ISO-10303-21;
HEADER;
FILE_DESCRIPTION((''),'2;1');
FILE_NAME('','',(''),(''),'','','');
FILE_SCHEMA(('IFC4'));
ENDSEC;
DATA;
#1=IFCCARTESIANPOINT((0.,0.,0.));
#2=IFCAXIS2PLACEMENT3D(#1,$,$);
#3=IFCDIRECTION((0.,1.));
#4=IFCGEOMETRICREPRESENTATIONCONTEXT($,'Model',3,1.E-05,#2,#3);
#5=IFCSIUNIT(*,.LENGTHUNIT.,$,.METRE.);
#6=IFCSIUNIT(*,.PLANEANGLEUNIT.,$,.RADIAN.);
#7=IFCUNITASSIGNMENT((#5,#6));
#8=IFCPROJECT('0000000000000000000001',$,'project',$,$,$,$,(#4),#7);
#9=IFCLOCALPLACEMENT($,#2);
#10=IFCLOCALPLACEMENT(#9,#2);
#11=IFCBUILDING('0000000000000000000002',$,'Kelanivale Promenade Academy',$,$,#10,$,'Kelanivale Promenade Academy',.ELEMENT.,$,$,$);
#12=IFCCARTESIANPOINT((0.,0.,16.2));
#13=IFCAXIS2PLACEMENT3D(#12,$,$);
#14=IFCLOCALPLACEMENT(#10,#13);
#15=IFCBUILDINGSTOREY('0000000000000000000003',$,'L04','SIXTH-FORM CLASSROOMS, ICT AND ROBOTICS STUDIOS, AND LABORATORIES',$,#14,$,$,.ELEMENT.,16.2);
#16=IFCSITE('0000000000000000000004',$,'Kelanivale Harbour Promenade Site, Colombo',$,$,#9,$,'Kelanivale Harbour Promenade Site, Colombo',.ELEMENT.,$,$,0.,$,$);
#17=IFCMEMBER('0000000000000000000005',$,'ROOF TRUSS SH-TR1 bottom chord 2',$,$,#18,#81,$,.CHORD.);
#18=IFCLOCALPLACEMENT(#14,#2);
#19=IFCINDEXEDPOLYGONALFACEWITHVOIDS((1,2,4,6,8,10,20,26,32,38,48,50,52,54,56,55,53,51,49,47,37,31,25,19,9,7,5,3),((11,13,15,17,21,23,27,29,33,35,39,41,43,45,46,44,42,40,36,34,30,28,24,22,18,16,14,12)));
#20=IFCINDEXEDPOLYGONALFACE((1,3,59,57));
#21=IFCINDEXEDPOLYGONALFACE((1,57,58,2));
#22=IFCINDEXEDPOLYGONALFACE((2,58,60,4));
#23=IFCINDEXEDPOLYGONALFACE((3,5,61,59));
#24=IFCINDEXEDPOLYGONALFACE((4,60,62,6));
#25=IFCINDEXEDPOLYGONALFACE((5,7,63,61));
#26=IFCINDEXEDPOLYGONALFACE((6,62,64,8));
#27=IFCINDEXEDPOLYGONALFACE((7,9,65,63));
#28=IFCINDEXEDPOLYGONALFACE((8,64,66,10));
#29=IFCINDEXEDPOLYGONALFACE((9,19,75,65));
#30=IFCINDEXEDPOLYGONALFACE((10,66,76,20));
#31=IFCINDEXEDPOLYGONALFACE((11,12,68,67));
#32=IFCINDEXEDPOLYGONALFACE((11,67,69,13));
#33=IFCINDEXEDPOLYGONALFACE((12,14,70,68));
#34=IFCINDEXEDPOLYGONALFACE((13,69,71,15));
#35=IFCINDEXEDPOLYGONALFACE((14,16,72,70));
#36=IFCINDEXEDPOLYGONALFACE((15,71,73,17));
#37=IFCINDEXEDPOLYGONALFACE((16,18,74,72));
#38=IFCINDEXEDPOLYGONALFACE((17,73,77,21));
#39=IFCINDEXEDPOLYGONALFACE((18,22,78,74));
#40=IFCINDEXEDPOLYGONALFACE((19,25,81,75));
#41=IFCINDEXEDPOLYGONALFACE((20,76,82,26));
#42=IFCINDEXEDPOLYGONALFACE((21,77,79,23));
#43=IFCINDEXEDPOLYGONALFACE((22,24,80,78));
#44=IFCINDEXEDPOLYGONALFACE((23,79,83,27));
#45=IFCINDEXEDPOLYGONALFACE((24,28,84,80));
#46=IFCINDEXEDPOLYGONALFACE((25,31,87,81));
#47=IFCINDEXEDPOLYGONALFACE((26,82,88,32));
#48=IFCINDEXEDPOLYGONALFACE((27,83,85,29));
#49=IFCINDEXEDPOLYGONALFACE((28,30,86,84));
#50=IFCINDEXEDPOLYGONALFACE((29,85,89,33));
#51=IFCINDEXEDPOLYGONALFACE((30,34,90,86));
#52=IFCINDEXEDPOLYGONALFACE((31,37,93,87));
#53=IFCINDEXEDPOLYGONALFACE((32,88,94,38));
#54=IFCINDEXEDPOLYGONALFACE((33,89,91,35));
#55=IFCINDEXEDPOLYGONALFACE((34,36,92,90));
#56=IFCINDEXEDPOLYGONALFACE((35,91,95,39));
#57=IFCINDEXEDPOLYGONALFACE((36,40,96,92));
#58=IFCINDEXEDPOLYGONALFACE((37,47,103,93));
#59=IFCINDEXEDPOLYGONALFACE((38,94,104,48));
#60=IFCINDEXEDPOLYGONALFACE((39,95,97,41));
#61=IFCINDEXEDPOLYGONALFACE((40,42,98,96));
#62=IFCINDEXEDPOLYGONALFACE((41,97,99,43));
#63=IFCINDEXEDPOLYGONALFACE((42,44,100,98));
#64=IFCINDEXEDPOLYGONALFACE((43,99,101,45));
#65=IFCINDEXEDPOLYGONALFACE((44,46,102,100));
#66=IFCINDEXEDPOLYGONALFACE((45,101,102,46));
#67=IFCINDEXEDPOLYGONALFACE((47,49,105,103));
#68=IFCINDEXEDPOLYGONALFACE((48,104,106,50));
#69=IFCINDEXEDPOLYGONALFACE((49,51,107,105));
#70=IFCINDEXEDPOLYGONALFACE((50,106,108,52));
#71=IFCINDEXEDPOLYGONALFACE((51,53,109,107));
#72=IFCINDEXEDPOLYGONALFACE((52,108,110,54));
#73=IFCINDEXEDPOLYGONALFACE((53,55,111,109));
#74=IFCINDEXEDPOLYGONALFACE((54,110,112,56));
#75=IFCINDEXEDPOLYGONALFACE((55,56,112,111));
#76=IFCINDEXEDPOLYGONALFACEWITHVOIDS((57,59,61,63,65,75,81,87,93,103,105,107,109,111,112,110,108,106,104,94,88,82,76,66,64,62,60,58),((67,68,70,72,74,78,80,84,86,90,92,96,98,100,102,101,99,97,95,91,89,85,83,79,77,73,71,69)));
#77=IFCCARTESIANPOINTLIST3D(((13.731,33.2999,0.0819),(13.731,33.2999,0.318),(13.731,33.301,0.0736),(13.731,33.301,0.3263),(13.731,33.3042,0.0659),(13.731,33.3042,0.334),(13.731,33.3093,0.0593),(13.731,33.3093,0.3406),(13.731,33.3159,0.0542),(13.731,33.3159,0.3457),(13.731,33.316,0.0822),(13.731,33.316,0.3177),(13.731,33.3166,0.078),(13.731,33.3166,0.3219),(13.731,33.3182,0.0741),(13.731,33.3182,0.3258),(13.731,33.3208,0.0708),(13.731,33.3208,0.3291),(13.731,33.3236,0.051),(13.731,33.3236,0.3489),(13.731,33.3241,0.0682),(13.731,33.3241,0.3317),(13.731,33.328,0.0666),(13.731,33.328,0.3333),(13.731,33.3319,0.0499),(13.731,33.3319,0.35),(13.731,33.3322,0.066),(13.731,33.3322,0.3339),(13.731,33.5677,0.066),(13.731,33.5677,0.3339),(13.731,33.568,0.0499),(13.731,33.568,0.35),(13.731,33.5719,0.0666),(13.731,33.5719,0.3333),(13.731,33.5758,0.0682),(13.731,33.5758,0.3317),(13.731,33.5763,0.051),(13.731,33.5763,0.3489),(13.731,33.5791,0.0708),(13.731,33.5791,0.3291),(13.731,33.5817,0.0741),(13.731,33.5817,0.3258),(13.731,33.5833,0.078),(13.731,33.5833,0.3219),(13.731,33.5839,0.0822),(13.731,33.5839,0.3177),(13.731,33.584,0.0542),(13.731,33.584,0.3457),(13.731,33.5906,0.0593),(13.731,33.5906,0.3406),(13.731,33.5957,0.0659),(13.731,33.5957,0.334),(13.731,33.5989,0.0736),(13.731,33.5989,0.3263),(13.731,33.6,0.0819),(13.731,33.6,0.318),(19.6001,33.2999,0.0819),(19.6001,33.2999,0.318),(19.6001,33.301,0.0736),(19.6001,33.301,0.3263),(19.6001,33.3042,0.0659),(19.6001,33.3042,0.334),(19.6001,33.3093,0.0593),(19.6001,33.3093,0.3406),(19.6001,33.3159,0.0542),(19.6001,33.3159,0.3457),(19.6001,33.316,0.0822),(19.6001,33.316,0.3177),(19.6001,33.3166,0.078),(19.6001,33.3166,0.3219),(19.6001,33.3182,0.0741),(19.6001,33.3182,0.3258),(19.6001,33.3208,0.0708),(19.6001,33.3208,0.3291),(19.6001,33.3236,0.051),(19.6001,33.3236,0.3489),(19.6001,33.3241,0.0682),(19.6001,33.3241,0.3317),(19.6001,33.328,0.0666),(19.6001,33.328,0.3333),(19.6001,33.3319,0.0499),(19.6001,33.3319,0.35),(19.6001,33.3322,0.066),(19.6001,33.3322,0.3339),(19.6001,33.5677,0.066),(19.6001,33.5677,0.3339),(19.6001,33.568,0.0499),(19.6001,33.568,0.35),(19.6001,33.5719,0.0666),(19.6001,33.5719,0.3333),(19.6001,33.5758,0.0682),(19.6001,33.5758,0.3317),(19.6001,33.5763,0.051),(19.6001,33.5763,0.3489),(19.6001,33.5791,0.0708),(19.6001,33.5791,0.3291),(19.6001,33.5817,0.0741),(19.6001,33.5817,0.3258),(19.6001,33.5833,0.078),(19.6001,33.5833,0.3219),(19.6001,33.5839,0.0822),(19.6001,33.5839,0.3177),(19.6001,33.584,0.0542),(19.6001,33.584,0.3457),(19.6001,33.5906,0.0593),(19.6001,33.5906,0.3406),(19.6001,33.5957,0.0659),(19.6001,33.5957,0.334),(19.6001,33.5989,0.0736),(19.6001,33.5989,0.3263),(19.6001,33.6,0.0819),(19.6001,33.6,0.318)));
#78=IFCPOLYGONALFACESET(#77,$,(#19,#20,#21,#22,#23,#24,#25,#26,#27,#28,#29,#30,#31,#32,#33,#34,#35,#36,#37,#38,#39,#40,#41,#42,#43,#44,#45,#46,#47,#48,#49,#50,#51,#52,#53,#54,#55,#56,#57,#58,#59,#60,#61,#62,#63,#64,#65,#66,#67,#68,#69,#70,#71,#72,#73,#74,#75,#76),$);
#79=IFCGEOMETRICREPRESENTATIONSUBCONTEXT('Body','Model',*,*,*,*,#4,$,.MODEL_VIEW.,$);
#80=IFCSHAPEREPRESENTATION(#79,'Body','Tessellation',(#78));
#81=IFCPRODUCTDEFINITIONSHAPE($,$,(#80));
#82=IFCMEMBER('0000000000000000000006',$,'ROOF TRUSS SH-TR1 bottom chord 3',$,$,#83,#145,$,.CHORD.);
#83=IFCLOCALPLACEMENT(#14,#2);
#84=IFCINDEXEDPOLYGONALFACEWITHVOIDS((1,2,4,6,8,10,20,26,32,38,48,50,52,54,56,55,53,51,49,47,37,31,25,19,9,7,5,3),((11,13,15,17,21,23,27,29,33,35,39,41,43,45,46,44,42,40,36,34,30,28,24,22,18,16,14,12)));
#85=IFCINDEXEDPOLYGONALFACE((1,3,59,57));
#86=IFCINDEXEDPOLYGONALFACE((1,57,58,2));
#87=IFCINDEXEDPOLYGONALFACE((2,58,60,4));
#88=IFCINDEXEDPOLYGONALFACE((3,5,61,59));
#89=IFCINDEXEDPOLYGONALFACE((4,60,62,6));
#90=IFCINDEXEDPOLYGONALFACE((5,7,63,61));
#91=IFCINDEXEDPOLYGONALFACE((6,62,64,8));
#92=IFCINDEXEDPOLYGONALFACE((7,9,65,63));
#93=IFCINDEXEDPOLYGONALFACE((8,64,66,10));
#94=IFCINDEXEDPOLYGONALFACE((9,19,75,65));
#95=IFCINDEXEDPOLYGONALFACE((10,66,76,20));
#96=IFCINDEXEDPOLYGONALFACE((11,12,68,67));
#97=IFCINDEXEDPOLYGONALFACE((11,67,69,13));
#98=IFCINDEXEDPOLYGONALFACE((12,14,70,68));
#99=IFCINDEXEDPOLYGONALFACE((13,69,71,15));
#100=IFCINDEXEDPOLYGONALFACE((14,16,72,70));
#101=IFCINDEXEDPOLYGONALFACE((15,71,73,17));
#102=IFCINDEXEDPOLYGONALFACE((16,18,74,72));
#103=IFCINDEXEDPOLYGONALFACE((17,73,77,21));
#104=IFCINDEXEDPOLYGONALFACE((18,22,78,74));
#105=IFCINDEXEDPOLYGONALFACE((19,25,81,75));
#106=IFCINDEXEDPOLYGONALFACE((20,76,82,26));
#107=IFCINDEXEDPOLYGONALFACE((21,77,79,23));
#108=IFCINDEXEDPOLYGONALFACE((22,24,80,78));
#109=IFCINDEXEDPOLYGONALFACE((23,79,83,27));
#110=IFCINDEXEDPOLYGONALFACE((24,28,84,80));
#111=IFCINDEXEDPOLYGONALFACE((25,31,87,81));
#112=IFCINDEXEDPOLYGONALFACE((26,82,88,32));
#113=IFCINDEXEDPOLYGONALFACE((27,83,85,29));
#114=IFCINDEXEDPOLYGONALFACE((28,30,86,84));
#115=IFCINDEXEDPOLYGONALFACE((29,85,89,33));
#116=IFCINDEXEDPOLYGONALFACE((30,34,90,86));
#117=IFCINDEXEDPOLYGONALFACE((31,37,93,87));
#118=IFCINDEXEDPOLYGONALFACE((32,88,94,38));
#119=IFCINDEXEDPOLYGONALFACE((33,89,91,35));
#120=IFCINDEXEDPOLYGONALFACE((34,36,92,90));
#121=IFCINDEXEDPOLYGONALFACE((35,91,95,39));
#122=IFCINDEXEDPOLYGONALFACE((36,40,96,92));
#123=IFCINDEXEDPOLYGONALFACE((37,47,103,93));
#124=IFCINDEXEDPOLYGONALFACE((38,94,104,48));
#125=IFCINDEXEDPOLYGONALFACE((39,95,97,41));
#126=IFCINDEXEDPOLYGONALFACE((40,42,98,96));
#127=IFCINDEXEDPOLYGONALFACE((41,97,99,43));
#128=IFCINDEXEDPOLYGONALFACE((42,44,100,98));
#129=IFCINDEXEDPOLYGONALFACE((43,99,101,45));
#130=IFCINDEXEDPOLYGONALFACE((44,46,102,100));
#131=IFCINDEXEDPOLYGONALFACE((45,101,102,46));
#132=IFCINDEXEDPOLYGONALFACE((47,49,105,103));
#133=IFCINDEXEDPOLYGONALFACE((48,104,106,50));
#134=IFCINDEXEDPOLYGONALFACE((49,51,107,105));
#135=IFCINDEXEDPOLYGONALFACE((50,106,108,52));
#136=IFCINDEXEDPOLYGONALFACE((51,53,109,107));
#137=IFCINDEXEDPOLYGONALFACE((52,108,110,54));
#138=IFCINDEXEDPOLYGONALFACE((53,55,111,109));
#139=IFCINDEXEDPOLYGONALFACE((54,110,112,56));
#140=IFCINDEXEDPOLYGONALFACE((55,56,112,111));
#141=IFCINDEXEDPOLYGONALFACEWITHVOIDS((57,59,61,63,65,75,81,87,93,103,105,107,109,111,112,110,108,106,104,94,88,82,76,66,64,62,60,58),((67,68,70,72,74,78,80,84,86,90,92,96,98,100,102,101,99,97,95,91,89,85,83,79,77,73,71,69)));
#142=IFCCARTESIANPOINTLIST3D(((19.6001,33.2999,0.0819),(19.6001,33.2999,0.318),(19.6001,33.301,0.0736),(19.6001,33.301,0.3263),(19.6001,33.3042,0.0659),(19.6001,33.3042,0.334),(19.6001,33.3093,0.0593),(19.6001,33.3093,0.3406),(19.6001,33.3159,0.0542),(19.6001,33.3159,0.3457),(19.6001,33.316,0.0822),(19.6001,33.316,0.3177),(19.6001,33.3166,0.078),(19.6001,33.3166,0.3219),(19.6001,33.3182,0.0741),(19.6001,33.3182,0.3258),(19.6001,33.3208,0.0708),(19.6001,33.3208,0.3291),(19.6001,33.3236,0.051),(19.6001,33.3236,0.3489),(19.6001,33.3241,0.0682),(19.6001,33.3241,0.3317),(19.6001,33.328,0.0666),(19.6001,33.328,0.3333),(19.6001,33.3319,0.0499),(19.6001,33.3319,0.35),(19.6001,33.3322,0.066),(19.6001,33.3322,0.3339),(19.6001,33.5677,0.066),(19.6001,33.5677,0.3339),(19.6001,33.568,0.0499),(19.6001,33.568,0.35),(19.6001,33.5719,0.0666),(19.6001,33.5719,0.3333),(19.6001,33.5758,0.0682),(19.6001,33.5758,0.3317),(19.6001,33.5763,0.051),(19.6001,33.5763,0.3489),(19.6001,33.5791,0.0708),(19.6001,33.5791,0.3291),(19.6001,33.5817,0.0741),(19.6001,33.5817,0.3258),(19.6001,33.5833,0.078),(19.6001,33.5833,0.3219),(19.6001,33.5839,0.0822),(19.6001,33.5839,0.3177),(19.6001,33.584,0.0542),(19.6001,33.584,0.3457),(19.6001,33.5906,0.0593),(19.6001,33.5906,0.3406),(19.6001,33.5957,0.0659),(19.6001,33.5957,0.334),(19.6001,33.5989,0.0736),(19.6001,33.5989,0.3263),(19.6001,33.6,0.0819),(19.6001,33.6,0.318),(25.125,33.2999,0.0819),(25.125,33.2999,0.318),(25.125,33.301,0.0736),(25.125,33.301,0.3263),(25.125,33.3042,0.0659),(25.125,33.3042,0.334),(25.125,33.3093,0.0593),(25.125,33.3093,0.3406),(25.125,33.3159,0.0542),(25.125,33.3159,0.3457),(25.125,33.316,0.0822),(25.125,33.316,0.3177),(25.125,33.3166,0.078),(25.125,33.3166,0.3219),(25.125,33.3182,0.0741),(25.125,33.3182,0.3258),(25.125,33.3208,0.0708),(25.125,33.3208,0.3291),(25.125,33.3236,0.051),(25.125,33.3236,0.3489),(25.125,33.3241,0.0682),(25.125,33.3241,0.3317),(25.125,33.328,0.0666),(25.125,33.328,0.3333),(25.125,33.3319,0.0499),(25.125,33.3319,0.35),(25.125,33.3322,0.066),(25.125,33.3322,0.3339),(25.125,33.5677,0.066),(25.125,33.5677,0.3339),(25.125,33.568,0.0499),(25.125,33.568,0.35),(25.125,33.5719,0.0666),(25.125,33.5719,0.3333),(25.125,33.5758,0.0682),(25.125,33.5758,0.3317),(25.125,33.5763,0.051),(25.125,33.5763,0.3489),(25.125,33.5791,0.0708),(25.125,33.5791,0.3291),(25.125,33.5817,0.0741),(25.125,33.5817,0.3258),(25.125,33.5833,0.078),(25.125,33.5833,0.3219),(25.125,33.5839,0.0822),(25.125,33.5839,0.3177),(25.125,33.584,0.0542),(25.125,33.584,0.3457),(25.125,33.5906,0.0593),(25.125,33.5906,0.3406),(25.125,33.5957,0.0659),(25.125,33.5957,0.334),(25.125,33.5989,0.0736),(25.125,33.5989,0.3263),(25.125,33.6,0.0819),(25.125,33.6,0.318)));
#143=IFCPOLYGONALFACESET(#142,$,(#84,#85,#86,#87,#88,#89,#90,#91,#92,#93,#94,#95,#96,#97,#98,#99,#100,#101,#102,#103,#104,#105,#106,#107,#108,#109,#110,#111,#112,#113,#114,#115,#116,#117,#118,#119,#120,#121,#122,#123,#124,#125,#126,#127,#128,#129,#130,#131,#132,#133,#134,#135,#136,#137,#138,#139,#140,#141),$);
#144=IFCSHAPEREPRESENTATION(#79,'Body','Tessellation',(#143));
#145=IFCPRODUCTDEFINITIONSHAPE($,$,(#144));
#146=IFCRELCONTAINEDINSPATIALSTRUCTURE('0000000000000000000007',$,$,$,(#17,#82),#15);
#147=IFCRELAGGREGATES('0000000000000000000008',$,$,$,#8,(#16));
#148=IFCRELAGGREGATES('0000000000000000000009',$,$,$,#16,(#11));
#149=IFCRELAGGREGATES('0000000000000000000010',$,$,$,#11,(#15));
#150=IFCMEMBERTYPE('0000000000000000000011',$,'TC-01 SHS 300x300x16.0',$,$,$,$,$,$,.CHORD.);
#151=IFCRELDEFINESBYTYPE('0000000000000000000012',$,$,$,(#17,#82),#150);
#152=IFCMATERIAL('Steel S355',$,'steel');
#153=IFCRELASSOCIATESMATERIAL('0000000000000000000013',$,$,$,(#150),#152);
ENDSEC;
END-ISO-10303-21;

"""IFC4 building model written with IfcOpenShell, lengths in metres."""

from ifc_helpers import new_model, si_unit, direction, frame, origin, origin_2d, place, context, subcontext, project, spatial, hollow_rectangle, extrude, material, material_profile, profile_set, type_object, element, save


model = new_model("IFC4")

# Units and contexts
model_context = context("Model", 3, precision=1e-05, world=origin(), true_north=direction((0.0, 1.0)))
body_context = subcontext(model_context, "Body", "Model", "MODEL_VIEW")
ifc_project = project(units=[si_unit("LENGTHUNIT", "METRE"), si_unit("PLANEANGLEUNIT", "RADIAN")], contexts=[model_context])

# Site, building, storey
site_placement = place(None, origin())
site = spatial("IfcSite", under=ifc_project, at=site_placement, Name="Kelanivale Harbour Promenade Site, Colombo", LongName="Kelanivale Harbour Promenade Site, Colombo", CompositionType="ELEMENT", RefElevation=0.0)
building_placement = place(site_placement, origin())
building = spatial("IfcBuilding", under=site, at=building_placement, Name="Kelanivale Promenade Academy", LongName="Kelanivale Promenade Academy", CompositionType="ELEMENT")
storey_placement = place(building_placement, frame((0.0, 0.0, 16.2)))
storey = spatial("IfcBuildingStorey", under=building, at=storey_placement, Name="L04", Description="SIXTH-FORM CLASSROOMS, ICT AND ROBOTICS STUDIOS, AND LABORATORIES", CompositionType="ELEMENT", Elevation=16.2)

# Members
ifc_material = material(Name="Steel S355", Category="steel")
ifc_material_profile_1 = material_profile(ifc_material, hollow_rectangle(XDim=0.3, YDim=0.3, WallThickness=0.0161, InnerFilletRadius=0.0161, OuterFilletRadius=0.032, at=origin_2d()), Name="SHS 300x300x16.0")
ifc_profile_set_1 = profile_set([ifc_material_profile_1], Name="Steel S355")
member_type_1 = type_object("IfcMemberType", Name="TC-01 SHS 300x300x16.0", PredefinedType="CHORD", material=ifc_profile_set_1)
member_1_placement = place(storey_placement, frame((13.731, 33.45, 0.2), z_axis=(1.0, 0.0, 0.0), x_axis=(0.0, 1.0, 0.0)))
element("IfcMember", 1, at=member_1_placement, inside=storey, type_object=member_type_1, Name="ROOF TRUSS SH-TR1 bottom chord 2", PredefinedType="CHORD", context=body_context, shape_type="SweptSolid", body=[
    extrude(hollow_rectangle(XDim=0.3, YDim=0.3, WallThickness=0.0161, InnerFilletRadius=0.0161, OuterFilletRadius=0.032, at=origin_2d()), origin(), (0.0, 0.0, 1.0), 5.8691),
])
for number, where, z_axis, x_axis, name in (
    (2, (19.6001, 33.45, 0.2), (1.0, 0.0, 0.0), (0.0, 1.0, 0.0), "ROOF TRUSS SH-TR1 bottom chord 3"),
):
    element("IfcMember", number, at=place(storey_placement, frame(where, z_axis=z_axis, x_axis=x_axis)), inside=storey, type_object=member_type_1, Name=name, PredefinedType="CHORD", context=body_context, shape_type="SweptSolid", body=[
        extrude(hollow_rectangle(XDim=0.3, YDim=0.3, WallThickness=0.0161, InnerFilletRadius=0.0161, OuterFilletRadius=0.032, at=origin_2d()), origin(), (0.0, 0.0, 1.0), 5.5249),
    ])

save(model, "model.ifc")
